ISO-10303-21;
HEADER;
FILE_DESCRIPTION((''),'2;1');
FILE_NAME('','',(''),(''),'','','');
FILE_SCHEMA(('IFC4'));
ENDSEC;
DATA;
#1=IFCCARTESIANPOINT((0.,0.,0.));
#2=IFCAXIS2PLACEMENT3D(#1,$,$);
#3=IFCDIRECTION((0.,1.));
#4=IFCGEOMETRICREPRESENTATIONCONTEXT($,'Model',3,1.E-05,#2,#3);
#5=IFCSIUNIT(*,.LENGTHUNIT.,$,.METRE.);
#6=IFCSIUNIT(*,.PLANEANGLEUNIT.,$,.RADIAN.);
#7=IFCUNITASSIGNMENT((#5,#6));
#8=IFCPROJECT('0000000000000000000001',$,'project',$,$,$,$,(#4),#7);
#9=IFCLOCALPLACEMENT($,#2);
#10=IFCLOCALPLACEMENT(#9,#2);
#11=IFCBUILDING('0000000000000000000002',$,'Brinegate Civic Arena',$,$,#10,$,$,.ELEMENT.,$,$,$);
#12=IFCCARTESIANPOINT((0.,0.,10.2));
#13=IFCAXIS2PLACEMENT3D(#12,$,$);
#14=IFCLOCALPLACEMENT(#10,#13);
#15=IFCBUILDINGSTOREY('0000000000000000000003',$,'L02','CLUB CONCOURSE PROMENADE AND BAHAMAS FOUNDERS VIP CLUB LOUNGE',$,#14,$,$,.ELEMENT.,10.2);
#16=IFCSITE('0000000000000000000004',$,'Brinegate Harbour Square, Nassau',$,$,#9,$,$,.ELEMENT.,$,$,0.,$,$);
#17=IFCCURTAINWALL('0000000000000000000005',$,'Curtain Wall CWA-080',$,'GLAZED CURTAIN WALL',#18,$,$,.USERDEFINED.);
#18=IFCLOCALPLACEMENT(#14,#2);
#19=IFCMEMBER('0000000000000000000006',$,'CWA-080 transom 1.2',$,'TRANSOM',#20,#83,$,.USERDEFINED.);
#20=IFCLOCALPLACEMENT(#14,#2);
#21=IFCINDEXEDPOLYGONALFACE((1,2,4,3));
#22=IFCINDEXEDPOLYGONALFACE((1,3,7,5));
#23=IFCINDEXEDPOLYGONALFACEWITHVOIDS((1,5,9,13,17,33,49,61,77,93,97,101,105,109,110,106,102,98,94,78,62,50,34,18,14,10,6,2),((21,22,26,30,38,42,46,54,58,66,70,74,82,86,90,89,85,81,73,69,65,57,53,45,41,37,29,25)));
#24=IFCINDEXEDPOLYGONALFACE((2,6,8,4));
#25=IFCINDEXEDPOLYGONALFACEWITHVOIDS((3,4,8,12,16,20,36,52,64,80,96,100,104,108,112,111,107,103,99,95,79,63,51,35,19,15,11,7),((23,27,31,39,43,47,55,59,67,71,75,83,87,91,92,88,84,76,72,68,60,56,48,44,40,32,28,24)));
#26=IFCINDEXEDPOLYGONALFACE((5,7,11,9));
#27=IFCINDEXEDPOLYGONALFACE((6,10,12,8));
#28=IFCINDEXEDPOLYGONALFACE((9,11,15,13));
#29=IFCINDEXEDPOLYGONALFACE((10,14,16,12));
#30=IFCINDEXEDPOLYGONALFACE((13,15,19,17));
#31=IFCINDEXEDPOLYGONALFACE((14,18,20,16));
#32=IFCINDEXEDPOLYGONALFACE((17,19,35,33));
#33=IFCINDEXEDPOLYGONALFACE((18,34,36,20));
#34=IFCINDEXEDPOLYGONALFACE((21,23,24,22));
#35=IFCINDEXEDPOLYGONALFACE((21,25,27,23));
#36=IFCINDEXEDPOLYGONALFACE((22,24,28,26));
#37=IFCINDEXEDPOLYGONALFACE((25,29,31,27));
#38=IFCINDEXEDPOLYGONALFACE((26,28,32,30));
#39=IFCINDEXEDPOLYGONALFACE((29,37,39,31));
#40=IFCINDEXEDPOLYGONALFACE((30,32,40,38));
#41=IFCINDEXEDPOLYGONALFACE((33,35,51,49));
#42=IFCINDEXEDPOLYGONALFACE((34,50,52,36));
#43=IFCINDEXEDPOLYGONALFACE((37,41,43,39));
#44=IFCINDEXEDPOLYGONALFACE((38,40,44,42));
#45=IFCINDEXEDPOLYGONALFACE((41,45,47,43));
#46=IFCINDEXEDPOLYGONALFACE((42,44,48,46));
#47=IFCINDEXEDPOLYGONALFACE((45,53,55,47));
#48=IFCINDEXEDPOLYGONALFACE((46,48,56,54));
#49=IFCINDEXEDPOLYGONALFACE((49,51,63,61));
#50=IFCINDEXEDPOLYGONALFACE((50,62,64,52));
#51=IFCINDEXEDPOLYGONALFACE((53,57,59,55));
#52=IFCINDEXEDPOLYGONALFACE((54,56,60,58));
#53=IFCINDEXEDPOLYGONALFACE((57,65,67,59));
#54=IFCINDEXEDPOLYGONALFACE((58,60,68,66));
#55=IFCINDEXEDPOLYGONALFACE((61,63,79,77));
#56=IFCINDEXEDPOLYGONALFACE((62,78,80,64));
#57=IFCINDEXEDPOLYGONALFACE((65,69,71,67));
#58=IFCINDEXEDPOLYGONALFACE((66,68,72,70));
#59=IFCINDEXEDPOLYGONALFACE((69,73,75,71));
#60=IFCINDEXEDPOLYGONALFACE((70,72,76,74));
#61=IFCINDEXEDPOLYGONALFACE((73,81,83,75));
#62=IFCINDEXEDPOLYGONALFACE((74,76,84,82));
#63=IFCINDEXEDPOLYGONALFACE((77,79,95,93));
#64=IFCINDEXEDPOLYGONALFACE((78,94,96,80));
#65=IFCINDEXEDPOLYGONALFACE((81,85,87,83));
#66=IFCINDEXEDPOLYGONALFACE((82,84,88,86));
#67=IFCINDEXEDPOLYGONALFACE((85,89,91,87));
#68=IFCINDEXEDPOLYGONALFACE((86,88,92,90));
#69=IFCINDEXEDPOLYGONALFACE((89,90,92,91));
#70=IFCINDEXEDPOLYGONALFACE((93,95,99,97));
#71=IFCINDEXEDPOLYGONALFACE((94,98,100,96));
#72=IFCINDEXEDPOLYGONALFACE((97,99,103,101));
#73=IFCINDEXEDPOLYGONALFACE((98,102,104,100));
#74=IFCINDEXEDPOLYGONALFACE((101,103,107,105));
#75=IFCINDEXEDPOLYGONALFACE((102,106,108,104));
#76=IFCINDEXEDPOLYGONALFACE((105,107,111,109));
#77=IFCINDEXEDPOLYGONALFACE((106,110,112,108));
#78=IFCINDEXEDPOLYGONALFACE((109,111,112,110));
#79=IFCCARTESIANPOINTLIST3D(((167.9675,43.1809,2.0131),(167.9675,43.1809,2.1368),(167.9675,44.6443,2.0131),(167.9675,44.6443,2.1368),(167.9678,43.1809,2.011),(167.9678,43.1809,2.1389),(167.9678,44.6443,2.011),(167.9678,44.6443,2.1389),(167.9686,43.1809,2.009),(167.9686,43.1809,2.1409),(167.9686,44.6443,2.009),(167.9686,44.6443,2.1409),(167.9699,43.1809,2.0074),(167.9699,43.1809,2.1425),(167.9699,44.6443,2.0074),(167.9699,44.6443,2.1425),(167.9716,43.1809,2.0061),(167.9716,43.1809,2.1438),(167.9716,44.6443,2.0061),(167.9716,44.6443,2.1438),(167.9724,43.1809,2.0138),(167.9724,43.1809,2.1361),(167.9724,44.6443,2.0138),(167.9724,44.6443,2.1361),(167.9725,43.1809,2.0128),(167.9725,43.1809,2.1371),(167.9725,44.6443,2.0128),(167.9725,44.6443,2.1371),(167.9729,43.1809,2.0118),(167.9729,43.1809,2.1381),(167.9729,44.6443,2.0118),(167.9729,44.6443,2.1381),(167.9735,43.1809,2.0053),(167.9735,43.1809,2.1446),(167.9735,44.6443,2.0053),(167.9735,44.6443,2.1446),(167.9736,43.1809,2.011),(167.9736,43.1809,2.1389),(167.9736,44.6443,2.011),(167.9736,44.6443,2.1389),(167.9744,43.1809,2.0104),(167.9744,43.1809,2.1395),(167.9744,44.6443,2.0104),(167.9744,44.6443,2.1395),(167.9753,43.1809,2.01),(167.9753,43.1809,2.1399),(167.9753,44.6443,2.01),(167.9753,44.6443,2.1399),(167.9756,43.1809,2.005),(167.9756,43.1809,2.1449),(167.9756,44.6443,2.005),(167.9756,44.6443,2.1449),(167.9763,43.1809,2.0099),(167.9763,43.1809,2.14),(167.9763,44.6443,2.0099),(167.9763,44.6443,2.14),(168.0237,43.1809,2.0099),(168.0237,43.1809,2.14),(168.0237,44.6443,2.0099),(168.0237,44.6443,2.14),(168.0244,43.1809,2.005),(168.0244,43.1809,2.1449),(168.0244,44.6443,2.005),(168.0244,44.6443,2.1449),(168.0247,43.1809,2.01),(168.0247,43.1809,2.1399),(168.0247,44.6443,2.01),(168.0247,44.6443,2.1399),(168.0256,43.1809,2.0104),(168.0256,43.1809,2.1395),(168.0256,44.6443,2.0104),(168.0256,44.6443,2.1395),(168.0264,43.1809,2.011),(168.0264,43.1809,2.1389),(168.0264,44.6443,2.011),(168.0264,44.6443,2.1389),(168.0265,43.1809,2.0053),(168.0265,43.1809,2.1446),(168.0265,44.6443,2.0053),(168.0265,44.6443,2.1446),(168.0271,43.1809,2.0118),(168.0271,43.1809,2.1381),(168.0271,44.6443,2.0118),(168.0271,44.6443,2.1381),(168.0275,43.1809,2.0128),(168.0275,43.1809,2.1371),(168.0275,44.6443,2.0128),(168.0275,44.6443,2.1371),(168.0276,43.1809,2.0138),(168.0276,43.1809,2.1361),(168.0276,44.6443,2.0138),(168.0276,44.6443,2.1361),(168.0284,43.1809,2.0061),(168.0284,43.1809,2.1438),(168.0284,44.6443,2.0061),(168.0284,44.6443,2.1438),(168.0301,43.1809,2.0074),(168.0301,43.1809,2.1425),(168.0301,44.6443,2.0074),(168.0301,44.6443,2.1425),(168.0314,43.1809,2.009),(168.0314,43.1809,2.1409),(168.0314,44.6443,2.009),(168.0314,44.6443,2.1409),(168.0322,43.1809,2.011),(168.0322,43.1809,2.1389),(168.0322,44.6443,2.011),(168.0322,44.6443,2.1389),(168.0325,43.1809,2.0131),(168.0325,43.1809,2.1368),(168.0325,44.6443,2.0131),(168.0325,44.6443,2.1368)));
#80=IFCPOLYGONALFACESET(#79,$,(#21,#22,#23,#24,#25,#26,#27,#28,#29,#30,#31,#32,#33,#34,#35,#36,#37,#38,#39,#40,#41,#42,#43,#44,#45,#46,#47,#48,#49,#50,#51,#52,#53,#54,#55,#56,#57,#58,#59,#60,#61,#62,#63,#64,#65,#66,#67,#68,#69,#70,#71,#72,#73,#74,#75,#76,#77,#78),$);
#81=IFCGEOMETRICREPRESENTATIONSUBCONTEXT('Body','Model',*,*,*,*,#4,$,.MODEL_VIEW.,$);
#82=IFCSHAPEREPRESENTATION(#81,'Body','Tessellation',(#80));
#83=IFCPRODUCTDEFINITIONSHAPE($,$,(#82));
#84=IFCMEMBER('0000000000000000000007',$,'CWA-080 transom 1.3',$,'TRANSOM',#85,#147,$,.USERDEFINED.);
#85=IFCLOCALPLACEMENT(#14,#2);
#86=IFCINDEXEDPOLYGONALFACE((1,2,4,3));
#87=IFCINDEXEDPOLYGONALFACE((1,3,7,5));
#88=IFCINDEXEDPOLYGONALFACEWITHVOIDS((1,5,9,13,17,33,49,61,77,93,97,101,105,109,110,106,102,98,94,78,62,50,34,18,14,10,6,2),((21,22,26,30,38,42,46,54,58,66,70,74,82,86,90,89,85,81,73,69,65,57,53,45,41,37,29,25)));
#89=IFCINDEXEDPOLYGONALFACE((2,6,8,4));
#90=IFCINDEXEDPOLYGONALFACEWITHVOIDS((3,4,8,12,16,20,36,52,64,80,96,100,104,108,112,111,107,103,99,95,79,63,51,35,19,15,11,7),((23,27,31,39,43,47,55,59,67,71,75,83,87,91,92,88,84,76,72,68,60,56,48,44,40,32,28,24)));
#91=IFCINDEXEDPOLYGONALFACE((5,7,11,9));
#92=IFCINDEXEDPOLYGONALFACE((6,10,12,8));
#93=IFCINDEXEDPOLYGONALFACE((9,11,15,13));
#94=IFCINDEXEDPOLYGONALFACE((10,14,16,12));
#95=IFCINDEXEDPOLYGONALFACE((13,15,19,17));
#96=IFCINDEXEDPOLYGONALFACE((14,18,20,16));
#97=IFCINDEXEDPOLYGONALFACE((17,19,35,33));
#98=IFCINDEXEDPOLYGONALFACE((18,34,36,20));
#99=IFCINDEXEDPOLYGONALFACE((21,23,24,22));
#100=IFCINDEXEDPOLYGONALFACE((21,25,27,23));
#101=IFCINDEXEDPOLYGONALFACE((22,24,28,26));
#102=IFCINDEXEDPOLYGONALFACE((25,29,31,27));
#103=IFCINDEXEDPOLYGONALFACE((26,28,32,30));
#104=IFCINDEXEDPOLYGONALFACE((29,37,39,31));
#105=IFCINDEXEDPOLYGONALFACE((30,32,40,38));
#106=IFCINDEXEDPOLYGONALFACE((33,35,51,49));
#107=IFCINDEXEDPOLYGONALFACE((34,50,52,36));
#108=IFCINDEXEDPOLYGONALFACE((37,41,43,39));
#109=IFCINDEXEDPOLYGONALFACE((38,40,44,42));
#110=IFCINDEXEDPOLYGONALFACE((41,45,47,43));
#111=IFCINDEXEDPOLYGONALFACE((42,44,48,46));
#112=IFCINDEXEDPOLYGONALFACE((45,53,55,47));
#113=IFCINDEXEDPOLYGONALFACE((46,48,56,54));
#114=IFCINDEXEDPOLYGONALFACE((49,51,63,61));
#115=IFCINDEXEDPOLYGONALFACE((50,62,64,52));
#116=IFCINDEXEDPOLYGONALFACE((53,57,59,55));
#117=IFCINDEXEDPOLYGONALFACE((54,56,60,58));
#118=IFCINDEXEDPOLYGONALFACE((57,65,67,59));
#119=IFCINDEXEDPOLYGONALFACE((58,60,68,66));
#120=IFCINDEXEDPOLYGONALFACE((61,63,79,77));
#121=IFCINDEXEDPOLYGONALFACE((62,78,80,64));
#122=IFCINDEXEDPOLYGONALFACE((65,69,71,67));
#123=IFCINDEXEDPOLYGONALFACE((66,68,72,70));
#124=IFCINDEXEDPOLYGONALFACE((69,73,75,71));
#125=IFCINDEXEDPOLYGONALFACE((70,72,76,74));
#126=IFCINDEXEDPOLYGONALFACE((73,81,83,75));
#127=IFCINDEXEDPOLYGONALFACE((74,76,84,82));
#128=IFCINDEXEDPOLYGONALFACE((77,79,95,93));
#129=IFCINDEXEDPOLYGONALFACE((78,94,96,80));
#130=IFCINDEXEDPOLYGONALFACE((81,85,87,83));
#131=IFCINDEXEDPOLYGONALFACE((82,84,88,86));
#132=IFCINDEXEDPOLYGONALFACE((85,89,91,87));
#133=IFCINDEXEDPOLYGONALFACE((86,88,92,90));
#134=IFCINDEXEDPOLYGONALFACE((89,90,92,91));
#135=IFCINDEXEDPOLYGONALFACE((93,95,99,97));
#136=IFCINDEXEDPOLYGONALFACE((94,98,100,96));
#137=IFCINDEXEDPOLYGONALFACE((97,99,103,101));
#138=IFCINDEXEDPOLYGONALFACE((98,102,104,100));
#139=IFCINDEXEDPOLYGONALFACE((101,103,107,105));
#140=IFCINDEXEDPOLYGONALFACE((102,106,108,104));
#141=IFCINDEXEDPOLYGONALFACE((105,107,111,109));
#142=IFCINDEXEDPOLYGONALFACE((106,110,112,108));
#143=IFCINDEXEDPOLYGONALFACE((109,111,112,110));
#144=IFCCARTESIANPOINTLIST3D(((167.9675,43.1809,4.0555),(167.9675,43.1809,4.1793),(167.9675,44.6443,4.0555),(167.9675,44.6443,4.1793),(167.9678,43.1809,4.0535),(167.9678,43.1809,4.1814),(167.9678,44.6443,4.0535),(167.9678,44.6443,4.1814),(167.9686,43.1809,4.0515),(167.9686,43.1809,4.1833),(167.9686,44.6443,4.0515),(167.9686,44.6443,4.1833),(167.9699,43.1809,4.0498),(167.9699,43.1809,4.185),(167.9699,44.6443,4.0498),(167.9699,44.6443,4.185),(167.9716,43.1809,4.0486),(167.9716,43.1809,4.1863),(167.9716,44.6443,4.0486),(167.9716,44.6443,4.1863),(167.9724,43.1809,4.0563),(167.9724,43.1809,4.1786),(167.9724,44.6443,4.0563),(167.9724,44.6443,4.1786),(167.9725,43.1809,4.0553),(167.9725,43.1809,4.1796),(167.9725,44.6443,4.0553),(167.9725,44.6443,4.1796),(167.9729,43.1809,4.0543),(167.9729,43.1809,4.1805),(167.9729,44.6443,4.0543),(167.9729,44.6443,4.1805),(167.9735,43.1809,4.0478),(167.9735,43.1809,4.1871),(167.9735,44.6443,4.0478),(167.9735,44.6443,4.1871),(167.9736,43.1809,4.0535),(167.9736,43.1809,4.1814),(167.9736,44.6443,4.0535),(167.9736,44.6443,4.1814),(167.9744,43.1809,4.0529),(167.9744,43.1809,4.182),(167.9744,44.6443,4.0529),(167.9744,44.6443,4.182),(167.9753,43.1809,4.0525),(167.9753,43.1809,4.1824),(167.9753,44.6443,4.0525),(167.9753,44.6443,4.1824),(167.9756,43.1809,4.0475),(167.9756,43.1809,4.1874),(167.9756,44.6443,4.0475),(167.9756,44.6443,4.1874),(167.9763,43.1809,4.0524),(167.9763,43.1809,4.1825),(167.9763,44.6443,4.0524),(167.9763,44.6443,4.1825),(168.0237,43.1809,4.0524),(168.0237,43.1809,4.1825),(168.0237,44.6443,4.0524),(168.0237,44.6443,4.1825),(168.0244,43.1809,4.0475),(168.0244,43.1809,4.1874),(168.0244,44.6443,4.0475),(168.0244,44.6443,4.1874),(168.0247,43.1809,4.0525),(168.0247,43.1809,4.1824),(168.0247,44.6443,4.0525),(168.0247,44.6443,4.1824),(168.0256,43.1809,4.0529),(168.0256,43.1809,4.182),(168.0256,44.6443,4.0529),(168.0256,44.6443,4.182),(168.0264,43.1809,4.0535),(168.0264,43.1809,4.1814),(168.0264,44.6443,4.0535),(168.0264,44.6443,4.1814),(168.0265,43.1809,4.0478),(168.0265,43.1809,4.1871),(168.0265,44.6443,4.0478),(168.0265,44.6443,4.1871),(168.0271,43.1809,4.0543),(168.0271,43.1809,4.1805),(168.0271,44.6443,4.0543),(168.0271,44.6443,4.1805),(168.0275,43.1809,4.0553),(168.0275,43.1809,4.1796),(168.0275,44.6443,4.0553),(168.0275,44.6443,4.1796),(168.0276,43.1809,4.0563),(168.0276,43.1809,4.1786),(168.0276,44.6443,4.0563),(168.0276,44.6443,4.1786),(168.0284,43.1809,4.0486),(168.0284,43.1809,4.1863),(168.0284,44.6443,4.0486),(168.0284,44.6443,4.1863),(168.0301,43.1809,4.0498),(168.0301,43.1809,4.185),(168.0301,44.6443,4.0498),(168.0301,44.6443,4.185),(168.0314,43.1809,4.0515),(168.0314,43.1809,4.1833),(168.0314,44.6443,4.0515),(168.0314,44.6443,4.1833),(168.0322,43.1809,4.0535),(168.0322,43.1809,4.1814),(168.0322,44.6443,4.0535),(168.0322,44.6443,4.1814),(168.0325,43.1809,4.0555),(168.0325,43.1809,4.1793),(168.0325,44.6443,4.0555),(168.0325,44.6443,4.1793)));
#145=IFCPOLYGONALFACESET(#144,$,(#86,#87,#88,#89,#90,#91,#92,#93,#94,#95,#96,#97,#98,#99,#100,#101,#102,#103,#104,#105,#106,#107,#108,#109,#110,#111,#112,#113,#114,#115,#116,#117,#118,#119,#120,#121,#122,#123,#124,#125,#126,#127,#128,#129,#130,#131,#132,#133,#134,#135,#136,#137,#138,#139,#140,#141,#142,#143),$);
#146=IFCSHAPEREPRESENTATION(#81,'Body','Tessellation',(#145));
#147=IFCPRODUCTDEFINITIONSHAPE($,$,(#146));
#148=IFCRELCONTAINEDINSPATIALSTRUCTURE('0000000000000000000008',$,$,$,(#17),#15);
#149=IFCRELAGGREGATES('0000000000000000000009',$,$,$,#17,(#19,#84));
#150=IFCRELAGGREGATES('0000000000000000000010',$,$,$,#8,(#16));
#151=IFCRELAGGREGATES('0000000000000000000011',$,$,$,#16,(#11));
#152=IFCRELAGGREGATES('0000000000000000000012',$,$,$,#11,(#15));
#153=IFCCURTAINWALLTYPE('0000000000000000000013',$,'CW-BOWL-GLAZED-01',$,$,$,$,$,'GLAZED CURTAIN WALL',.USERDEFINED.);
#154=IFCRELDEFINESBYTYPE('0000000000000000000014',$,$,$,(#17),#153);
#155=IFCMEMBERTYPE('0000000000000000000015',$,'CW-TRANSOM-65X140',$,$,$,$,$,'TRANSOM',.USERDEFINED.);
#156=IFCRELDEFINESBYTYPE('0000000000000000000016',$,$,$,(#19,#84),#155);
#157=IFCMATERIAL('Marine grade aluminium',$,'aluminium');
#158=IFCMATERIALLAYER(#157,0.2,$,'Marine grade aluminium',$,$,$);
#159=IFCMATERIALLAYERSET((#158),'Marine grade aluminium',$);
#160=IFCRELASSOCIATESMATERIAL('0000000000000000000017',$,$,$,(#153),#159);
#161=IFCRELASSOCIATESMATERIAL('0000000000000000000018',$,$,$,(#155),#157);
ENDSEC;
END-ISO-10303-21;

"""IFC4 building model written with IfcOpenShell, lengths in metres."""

from ifc_helpers import new_model, si_unit, direction, frame, origin, origin_2d, place, context, subcontext, project, spatial, hollow_rectangle, extrude, material, layer, layer_set, material_profile, profile_set, type_object, element, aggregate, save


model = new_model("IFC4")

# Units and contexts
model_context = context("Model", 3, precision=1e-05, world=origin(), true_north=direction((0.0, 1.0)))
body_context = subcontext(model_context, "Body", "Model", "MODEL_VIEW")
ifc_project = project(units=[si_unit("LENGTHUNIT", "METRE"), si_unit("PLANEANGLEUNIT", "RADIAN")], contexts=[model_context])

# Site, building, storey
site_placement = place(None, origin())
site = spatial("IfcSite", under=ifc_project, at=site_placement, Name="Brinegate Harbour Square, Nassau", CompositionType="ELEMENT", RefElevation=0.0)
building_placement = place(site_placement, origin())
building = spatial("IfcBuilding", under=site, at=building_placement, Name="Brinegate Civic Arena", CompositionType="ELEMENT")
storey_placement = place(building_placement, frame((0.0, 0.0, 10.2)))
storey = spatial("IfcBuildingStorey", under=building, at=storey_placement, Name="L02", Description="CLUB CONCOURSE PROMENADE AND BAHAMAS FOUNDERS VIP CLUB LOUNGE", CompositionType="ELEMENT", Elevation=10.2)

# Curtain wall
ifc_material_1 = material(Name="Marine grade aluminium", Category="aluminium")
ifc_layer_1 = layer(ifc_material_1, 0.2, Name="Marine grade aluminium")
ifc_layer_set_1 = layer_set([ifc_layer_1], Name="Marine grade aluminium")
curtain_wall_type = type_object("IfcCurtainWallType", Name="CW-BOWL-GLAZED-01", ElementType="GLAZED CURTAIN WALL", PredefinedType="USERDEFINED", material=ifc_layer_set_1)
curtain_wall_1_placement = place(storey_placement, origin())
curtain_wall_1 = element("IfcCurtainWall", 1, at=curtain_wall_1_placement, inside=storey, type_object=curtain_wall_type, Name="Curtain Wall CWA-080", ObjectType="GLAZED CURTAIN WALL", PredefinedType="USERDEFINED")

# Members
ifc_material_profile_1 = material_profile(ifc_material_1, hollow_rectangle(XDim=0.0649, YDim=0.1399, WallThickness=0.0049, InnerFilletRadius=0.0039, OuterFilletRadius=0.0081, at=origin_2d()), Name="TRN65X140")
ifc_profile_set_1 = profile_set([ifc_material_profile_1], Name="Marine grade aluminium")
member_type_1 = type_object("IfcMemberType", Name="CW-TRANSOM-65X140", ElementType="TRANSOM", PredefinedType="USERDEFINED", material=ifc_profile_set_1)
member_1_placement = place(storey_placement, frame((168.0, 43.1809, 2.075), z_axis=(0.0, 1.0, 0.0), x_axis=(-1.0, 0.0, 0.0)))
member_1 = element("IfcMember", 2, at=member_1_placement, type_object=member_type_1, Name="CWA-080 transom 1.2", ObjectType="TRANSOM", PredefinedType="USERDEFINED", context=body_context, shape_type="SweptSolid", body=[
    extrude(hollow_rectangle(XDim=0.0649, YDim=0.1399, WallThickness=0.0049, InnerFilletRadius=0.0039, OuterFilletRadius=0.0081, at=origin_2d()), origin(), (0.0, 0.0, 1.0), 1.4634),
])
member_2_placement = place(storey_placement, frame((168.0, 43.1809, 4.1174), z_axis=(0.0, 1.0, 0.0), x_axis=(-1.0, 0.0, 0.0)))
member_2 = element("IfcMember", 3, at=member_2_placement, type_object=member_type_1, Name="CWA-080 transom 1.3", ObjectType="TRANSOM", PredefinedType="USERDEFINED", context=body_context, shape_type="SweptSolid", body=[
    extrude(hollow_rectangle(XDim=0.0649, YDim=0.1399, WallThickness=0.0049, InnerFilletRadius=0.0039, OuterFilletRadius=0.0081, at=origin_2d()), origin(), (0.0, 0.0, 1.0), 1.4634),
])

aggregate(curtain_wall_1, [member_1, member_2])

save(model, "model.ifc")
